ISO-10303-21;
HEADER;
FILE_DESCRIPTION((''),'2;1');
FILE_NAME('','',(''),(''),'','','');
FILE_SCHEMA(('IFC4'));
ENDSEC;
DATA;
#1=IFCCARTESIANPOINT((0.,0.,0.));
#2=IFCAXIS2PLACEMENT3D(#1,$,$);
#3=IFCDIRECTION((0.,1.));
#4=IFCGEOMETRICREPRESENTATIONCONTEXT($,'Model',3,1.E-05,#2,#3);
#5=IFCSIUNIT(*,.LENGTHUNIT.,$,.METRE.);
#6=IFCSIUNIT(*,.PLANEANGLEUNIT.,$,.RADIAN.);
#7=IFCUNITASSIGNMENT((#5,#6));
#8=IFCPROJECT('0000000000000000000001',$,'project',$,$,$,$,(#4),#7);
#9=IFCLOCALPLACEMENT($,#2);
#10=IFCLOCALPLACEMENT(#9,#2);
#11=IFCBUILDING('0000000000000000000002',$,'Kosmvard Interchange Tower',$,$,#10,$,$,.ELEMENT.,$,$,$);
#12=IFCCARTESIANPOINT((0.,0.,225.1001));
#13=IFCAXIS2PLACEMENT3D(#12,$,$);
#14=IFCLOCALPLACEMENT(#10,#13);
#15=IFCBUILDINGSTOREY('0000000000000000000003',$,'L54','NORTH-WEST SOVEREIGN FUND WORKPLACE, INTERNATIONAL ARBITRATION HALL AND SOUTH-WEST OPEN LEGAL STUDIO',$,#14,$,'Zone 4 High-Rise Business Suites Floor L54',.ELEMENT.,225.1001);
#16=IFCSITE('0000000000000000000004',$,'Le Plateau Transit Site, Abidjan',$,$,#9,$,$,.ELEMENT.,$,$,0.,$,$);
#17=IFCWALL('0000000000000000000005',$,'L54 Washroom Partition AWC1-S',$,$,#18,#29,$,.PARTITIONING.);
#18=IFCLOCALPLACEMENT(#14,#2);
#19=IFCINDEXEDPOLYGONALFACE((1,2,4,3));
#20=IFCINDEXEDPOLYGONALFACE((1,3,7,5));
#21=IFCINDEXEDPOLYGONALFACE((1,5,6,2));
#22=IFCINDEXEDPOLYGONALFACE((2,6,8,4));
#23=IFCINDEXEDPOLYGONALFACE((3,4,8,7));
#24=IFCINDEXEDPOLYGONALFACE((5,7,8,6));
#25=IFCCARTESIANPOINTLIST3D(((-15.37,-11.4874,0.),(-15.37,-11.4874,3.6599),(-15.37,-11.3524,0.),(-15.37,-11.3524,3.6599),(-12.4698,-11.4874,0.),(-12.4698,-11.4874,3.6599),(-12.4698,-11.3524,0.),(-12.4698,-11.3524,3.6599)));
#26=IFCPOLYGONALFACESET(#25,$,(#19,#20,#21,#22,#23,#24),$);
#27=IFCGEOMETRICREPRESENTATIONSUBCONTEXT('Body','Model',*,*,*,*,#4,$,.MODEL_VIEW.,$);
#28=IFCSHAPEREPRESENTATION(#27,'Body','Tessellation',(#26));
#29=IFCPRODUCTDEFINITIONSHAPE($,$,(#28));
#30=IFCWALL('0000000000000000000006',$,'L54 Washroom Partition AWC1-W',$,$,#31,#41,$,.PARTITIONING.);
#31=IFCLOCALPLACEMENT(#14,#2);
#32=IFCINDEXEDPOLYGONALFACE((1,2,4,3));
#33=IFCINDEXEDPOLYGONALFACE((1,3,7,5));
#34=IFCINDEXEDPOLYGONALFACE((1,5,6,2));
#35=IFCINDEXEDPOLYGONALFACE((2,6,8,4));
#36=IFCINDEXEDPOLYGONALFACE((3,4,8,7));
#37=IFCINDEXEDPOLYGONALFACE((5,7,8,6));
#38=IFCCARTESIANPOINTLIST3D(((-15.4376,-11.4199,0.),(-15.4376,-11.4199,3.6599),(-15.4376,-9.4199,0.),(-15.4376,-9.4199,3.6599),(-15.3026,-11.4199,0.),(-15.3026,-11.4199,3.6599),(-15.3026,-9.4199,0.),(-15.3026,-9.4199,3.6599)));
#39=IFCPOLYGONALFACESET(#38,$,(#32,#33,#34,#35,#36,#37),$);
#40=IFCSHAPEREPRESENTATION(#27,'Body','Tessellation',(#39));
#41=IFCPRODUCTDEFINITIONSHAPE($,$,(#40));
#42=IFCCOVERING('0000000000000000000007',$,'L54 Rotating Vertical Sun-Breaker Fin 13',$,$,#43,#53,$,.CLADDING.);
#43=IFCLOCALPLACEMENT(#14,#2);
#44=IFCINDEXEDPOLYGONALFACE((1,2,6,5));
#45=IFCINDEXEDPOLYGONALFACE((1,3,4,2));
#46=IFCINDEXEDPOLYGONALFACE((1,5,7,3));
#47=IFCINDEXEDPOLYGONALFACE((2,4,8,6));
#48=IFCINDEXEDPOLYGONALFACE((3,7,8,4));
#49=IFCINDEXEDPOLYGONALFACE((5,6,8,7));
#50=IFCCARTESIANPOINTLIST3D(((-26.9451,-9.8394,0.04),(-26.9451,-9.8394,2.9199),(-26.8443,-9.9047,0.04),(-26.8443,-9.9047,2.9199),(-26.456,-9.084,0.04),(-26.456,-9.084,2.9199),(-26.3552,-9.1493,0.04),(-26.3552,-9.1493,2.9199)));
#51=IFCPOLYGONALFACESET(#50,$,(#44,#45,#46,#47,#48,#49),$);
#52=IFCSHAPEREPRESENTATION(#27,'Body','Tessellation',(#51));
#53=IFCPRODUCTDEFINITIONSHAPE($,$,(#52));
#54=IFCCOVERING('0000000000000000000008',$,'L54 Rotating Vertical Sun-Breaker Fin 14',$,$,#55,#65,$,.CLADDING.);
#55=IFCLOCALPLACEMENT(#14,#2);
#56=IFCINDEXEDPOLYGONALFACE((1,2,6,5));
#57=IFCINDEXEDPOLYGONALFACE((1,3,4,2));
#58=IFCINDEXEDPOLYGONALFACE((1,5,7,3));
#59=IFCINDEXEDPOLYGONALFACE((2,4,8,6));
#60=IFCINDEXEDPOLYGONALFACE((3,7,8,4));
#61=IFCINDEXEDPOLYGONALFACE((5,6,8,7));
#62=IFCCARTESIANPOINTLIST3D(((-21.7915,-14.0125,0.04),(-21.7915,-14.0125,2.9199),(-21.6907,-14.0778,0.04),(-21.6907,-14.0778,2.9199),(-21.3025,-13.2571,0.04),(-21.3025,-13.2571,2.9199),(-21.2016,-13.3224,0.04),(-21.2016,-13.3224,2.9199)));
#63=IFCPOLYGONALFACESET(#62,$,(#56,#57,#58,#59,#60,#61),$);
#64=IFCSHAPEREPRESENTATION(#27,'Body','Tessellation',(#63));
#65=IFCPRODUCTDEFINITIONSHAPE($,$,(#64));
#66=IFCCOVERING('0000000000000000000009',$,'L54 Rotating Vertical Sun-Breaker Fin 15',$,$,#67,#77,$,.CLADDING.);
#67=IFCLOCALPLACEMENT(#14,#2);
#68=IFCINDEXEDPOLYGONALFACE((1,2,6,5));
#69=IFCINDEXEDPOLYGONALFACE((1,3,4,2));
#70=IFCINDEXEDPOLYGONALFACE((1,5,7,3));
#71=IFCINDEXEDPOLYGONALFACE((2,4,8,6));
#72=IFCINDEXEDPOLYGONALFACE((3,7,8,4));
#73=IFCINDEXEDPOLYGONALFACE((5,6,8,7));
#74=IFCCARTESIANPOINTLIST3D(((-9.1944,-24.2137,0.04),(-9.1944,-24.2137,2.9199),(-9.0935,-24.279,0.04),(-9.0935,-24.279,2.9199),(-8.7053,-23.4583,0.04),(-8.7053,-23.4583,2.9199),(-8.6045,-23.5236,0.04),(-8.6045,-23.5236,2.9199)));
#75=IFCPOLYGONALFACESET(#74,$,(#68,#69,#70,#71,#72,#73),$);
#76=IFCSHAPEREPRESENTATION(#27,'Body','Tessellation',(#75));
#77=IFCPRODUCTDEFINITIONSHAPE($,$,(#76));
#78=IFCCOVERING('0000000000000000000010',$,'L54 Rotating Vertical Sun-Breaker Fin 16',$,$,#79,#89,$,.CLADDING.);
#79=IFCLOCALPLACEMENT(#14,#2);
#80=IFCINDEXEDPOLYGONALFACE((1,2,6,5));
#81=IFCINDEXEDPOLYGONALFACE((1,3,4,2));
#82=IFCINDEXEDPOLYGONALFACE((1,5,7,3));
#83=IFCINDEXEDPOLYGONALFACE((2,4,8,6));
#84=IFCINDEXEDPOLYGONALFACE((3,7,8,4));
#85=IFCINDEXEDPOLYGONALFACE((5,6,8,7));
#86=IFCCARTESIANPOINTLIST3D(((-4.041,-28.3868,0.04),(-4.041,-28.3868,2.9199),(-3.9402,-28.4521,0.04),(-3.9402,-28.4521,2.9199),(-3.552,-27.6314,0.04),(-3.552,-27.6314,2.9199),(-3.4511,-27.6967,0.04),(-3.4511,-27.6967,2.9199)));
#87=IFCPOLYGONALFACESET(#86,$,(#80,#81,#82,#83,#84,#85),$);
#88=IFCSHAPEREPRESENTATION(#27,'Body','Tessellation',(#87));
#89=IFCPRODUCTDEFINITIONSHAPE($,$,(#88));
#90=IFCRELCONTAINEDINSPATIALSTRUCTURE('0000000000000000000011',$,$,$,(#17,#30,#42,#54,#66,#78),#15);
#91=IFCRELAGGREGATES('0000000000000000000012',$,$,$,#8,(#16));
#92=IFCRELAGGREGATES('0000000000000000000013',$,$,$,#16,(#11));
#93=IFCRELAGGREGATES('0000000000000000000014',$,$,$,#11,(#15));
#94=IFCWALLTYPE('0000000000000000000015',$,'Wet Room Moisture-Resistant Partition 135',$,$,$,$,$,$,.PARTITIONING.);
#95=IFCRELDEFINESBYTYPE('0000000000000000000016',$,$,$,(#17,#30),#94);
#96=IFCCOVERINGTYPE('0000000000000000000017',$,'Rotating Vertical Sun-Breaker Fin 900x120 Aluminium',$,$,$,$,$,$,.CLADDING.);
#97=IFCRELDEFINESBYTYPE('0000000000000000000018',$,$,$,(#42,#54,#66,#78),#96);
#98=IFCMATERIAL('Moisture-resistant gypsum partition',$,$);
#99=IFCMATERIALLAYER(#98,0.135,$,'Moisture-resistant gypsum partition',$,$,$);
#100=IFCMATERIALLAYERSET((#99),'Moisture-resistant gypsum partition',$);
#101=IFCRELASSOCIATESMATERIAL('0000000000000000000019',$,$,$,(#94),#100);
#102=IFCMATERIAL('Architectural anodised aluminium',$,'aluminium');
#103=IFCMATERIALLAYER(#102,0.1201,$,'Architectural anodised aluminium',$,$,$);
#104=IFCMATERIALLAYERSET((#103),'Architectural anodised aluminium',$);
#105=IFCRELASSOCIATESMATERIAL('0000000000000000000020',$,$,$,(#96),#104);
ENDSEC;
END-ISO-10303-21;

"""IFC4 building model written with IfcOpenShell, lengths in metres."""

from ifc_helpers import new_model, si_unit, direction, frame, frame_2d, origin, origin_2d, place, context, subcontext, project, spatial, rectangle, extrude, source, transform, mapped, material, layer, layer_set, type_object, element, save


model = new_model("IFC4")

# Units and contexts
model_context = context("Model", 3, precision=1e-05, world=origin(), true_north=direction((0.0, 1.0)))
body_context = subcontext(model_context, "Body", "Model", "MODEL_VIEW")
ifc_project = project(units=[si_unit("LENGTHUNIT", "METRE"), si_unit("PLANEANGLEUNIT", "RADIAN")], contexts=[model_context])

# Site, building, storey
site_placement = place(None, origin())
site = spatial("IfcSite", under=ifc_project, at=site_placement, Name="Le Plateau Transit Site, Abidjan", CompositionType="ELEMENT", RefElevation=0.0)
building_placement = place(site_placement, origin())
building = spatial("IfcBuilding", under=site, at=building_placement, Name="Kosmvard Interchange Tower", CompositionType="ELEMENT")
storey_placement = place(building_placement, frame((0.0, 0.0, 225.1001)))
storey = spatial("IfcBuildingStorey", under=building, at=storey_placement, Name="L54", Description="NORTH-WEST SOVEREIGN FUND WORKPLACE, INTERNATIONAL ARBITRATION HALL AND SOUTH-WEST OPEN LEGAL STUDIO", LongName="Zone 4 High-Rise Business Suites Floor L54", CompositionType="ELEMENT", Elevation=225.1001)

# Walls
ifc_material_1 = material(Name="Moisture-resistant gypsum partition")
ifc_layer_1 = layer(ifc_material_1, 0.135, Name="Moisture-resistant gypsum partition")
ifc_layer_set_1 = layer_set([ifc_layer_1], Name="Moisture-resistant gypsum partition")
wall_type_1 = type_object("IfcWallType", Name="Wet Room Moisture-Resistant Partition 135", PredefinedType="PARTITIONING", material=ifc_layer_set_1)
wall_1_placement = place(storey_placement, frame((-15.3701, -11.4199, 0.0), z_axis=(0.0, 0.0, 1.0), x_axis=(1.0, 0.0, 0.0)))
element("IfcWall", 1, at=wall_1_placement, inside=storey, type_object=wall_type_1, Name="L54 Washroom Partition AWC1-S", PredefinedType="PARTITIONING", context=body_context, shape_type="SweptSolid", body=[
    extrude(rectangle(XDim=2.9001, YDim=0.135, at=frame_2d((1.4502, 0.0))), origin(), (0.0, 0.0, 1.0), 3.6599),
])
wall_2_placement = place(storey_placement, frame((-15.3701, -11.4199, 0.0), z_axis=(0.0, 0.0, 1.0), x_axis=(0.0, 1.0, 0.0)))
element("IfcWall", 2, at=wall_2_placement, inside=storey, type_object=wall_type_1, Name="L54 Washroom Partition AWC1-W", PredefinedType="PARTITIONING", context=body_context, shape_type="SweptSolid", body=[
    extrude(rectangle(XDim=2.0, YDim=0.135, at=frame_2d((1.0, 0.0))), origin(), (0.0, 0.0, 1.0), 3.6599),
])

# Coverings
ifc_material_2 = material(Name="Architectural anodised aluminium", Category="aluminium")
ifc_layer_2 = layer(ifc_material_2, 0.1201, Name="Architectural anodised aluminium")
ifc_layer_set_2 = layer_set([ifc_layer_2], Name="Architectural anodised aluminium")
covering_type = type_object("IfcCoveringType", Name="Rotating Vertical Sun-Breaker Fin 900x120 Aluminium", PredefinedType="CLADDING", material=ifc_layer_set_2)
shared_shape_1 = source(origin(), body_context, "Body", "SweptSolid", [
    extrude(rectangle(XDim=0.8999, YDim=0.1201, at=origin_2d()), origin(), (0.0, 0.0, 1.0), 2.8799),
])
for number, where, z_axis, x_axis, name in (
    (3, (-26.6501, -9.4944, 0.04), (0.0, 0.0, 1.0), (-0.543467, -0.83943, 0.0), "L54 Rotating Vertical Sun-Breaker Fin 13"),
    (4, (-21.4966, -13.6675, 0.04), (0.0, 0.0, 1.0), (-0.543467, -0.83943, 0.0), "L54 Rotating Vertical Sun-Breaker Fin 14"),
    (5, (-8.8994, -23.8687, 0.04), (0.0, 0.0, 1.0), (-0.543467, -0.83943, 0.0), "L54 Rotating Vertical Sun-Breaker Fin 15"),
    (6, (-3.7461, -28.0417, 0.04), (0.0, 0.0, 1.0), (-0.543467, -0.83943, 0.0), "L54 Rotating Vertical Sun-Breaker Fin 16"),
):
    element("IfcCovering", number, at=place(storey_placement, frame(where, z_axis=z_axis, x_axis=x_axis)), inside=storey, type_object=covering_type, Name=name, PredefinedType="CLADDING", context=body_context, shape_type="MappedRepresentation", body=[
        mapped(shared_shape_1, transform((0.0, 0.0, 0.0), scale=1.0)),
    ])

save(model, "model.ifc")
